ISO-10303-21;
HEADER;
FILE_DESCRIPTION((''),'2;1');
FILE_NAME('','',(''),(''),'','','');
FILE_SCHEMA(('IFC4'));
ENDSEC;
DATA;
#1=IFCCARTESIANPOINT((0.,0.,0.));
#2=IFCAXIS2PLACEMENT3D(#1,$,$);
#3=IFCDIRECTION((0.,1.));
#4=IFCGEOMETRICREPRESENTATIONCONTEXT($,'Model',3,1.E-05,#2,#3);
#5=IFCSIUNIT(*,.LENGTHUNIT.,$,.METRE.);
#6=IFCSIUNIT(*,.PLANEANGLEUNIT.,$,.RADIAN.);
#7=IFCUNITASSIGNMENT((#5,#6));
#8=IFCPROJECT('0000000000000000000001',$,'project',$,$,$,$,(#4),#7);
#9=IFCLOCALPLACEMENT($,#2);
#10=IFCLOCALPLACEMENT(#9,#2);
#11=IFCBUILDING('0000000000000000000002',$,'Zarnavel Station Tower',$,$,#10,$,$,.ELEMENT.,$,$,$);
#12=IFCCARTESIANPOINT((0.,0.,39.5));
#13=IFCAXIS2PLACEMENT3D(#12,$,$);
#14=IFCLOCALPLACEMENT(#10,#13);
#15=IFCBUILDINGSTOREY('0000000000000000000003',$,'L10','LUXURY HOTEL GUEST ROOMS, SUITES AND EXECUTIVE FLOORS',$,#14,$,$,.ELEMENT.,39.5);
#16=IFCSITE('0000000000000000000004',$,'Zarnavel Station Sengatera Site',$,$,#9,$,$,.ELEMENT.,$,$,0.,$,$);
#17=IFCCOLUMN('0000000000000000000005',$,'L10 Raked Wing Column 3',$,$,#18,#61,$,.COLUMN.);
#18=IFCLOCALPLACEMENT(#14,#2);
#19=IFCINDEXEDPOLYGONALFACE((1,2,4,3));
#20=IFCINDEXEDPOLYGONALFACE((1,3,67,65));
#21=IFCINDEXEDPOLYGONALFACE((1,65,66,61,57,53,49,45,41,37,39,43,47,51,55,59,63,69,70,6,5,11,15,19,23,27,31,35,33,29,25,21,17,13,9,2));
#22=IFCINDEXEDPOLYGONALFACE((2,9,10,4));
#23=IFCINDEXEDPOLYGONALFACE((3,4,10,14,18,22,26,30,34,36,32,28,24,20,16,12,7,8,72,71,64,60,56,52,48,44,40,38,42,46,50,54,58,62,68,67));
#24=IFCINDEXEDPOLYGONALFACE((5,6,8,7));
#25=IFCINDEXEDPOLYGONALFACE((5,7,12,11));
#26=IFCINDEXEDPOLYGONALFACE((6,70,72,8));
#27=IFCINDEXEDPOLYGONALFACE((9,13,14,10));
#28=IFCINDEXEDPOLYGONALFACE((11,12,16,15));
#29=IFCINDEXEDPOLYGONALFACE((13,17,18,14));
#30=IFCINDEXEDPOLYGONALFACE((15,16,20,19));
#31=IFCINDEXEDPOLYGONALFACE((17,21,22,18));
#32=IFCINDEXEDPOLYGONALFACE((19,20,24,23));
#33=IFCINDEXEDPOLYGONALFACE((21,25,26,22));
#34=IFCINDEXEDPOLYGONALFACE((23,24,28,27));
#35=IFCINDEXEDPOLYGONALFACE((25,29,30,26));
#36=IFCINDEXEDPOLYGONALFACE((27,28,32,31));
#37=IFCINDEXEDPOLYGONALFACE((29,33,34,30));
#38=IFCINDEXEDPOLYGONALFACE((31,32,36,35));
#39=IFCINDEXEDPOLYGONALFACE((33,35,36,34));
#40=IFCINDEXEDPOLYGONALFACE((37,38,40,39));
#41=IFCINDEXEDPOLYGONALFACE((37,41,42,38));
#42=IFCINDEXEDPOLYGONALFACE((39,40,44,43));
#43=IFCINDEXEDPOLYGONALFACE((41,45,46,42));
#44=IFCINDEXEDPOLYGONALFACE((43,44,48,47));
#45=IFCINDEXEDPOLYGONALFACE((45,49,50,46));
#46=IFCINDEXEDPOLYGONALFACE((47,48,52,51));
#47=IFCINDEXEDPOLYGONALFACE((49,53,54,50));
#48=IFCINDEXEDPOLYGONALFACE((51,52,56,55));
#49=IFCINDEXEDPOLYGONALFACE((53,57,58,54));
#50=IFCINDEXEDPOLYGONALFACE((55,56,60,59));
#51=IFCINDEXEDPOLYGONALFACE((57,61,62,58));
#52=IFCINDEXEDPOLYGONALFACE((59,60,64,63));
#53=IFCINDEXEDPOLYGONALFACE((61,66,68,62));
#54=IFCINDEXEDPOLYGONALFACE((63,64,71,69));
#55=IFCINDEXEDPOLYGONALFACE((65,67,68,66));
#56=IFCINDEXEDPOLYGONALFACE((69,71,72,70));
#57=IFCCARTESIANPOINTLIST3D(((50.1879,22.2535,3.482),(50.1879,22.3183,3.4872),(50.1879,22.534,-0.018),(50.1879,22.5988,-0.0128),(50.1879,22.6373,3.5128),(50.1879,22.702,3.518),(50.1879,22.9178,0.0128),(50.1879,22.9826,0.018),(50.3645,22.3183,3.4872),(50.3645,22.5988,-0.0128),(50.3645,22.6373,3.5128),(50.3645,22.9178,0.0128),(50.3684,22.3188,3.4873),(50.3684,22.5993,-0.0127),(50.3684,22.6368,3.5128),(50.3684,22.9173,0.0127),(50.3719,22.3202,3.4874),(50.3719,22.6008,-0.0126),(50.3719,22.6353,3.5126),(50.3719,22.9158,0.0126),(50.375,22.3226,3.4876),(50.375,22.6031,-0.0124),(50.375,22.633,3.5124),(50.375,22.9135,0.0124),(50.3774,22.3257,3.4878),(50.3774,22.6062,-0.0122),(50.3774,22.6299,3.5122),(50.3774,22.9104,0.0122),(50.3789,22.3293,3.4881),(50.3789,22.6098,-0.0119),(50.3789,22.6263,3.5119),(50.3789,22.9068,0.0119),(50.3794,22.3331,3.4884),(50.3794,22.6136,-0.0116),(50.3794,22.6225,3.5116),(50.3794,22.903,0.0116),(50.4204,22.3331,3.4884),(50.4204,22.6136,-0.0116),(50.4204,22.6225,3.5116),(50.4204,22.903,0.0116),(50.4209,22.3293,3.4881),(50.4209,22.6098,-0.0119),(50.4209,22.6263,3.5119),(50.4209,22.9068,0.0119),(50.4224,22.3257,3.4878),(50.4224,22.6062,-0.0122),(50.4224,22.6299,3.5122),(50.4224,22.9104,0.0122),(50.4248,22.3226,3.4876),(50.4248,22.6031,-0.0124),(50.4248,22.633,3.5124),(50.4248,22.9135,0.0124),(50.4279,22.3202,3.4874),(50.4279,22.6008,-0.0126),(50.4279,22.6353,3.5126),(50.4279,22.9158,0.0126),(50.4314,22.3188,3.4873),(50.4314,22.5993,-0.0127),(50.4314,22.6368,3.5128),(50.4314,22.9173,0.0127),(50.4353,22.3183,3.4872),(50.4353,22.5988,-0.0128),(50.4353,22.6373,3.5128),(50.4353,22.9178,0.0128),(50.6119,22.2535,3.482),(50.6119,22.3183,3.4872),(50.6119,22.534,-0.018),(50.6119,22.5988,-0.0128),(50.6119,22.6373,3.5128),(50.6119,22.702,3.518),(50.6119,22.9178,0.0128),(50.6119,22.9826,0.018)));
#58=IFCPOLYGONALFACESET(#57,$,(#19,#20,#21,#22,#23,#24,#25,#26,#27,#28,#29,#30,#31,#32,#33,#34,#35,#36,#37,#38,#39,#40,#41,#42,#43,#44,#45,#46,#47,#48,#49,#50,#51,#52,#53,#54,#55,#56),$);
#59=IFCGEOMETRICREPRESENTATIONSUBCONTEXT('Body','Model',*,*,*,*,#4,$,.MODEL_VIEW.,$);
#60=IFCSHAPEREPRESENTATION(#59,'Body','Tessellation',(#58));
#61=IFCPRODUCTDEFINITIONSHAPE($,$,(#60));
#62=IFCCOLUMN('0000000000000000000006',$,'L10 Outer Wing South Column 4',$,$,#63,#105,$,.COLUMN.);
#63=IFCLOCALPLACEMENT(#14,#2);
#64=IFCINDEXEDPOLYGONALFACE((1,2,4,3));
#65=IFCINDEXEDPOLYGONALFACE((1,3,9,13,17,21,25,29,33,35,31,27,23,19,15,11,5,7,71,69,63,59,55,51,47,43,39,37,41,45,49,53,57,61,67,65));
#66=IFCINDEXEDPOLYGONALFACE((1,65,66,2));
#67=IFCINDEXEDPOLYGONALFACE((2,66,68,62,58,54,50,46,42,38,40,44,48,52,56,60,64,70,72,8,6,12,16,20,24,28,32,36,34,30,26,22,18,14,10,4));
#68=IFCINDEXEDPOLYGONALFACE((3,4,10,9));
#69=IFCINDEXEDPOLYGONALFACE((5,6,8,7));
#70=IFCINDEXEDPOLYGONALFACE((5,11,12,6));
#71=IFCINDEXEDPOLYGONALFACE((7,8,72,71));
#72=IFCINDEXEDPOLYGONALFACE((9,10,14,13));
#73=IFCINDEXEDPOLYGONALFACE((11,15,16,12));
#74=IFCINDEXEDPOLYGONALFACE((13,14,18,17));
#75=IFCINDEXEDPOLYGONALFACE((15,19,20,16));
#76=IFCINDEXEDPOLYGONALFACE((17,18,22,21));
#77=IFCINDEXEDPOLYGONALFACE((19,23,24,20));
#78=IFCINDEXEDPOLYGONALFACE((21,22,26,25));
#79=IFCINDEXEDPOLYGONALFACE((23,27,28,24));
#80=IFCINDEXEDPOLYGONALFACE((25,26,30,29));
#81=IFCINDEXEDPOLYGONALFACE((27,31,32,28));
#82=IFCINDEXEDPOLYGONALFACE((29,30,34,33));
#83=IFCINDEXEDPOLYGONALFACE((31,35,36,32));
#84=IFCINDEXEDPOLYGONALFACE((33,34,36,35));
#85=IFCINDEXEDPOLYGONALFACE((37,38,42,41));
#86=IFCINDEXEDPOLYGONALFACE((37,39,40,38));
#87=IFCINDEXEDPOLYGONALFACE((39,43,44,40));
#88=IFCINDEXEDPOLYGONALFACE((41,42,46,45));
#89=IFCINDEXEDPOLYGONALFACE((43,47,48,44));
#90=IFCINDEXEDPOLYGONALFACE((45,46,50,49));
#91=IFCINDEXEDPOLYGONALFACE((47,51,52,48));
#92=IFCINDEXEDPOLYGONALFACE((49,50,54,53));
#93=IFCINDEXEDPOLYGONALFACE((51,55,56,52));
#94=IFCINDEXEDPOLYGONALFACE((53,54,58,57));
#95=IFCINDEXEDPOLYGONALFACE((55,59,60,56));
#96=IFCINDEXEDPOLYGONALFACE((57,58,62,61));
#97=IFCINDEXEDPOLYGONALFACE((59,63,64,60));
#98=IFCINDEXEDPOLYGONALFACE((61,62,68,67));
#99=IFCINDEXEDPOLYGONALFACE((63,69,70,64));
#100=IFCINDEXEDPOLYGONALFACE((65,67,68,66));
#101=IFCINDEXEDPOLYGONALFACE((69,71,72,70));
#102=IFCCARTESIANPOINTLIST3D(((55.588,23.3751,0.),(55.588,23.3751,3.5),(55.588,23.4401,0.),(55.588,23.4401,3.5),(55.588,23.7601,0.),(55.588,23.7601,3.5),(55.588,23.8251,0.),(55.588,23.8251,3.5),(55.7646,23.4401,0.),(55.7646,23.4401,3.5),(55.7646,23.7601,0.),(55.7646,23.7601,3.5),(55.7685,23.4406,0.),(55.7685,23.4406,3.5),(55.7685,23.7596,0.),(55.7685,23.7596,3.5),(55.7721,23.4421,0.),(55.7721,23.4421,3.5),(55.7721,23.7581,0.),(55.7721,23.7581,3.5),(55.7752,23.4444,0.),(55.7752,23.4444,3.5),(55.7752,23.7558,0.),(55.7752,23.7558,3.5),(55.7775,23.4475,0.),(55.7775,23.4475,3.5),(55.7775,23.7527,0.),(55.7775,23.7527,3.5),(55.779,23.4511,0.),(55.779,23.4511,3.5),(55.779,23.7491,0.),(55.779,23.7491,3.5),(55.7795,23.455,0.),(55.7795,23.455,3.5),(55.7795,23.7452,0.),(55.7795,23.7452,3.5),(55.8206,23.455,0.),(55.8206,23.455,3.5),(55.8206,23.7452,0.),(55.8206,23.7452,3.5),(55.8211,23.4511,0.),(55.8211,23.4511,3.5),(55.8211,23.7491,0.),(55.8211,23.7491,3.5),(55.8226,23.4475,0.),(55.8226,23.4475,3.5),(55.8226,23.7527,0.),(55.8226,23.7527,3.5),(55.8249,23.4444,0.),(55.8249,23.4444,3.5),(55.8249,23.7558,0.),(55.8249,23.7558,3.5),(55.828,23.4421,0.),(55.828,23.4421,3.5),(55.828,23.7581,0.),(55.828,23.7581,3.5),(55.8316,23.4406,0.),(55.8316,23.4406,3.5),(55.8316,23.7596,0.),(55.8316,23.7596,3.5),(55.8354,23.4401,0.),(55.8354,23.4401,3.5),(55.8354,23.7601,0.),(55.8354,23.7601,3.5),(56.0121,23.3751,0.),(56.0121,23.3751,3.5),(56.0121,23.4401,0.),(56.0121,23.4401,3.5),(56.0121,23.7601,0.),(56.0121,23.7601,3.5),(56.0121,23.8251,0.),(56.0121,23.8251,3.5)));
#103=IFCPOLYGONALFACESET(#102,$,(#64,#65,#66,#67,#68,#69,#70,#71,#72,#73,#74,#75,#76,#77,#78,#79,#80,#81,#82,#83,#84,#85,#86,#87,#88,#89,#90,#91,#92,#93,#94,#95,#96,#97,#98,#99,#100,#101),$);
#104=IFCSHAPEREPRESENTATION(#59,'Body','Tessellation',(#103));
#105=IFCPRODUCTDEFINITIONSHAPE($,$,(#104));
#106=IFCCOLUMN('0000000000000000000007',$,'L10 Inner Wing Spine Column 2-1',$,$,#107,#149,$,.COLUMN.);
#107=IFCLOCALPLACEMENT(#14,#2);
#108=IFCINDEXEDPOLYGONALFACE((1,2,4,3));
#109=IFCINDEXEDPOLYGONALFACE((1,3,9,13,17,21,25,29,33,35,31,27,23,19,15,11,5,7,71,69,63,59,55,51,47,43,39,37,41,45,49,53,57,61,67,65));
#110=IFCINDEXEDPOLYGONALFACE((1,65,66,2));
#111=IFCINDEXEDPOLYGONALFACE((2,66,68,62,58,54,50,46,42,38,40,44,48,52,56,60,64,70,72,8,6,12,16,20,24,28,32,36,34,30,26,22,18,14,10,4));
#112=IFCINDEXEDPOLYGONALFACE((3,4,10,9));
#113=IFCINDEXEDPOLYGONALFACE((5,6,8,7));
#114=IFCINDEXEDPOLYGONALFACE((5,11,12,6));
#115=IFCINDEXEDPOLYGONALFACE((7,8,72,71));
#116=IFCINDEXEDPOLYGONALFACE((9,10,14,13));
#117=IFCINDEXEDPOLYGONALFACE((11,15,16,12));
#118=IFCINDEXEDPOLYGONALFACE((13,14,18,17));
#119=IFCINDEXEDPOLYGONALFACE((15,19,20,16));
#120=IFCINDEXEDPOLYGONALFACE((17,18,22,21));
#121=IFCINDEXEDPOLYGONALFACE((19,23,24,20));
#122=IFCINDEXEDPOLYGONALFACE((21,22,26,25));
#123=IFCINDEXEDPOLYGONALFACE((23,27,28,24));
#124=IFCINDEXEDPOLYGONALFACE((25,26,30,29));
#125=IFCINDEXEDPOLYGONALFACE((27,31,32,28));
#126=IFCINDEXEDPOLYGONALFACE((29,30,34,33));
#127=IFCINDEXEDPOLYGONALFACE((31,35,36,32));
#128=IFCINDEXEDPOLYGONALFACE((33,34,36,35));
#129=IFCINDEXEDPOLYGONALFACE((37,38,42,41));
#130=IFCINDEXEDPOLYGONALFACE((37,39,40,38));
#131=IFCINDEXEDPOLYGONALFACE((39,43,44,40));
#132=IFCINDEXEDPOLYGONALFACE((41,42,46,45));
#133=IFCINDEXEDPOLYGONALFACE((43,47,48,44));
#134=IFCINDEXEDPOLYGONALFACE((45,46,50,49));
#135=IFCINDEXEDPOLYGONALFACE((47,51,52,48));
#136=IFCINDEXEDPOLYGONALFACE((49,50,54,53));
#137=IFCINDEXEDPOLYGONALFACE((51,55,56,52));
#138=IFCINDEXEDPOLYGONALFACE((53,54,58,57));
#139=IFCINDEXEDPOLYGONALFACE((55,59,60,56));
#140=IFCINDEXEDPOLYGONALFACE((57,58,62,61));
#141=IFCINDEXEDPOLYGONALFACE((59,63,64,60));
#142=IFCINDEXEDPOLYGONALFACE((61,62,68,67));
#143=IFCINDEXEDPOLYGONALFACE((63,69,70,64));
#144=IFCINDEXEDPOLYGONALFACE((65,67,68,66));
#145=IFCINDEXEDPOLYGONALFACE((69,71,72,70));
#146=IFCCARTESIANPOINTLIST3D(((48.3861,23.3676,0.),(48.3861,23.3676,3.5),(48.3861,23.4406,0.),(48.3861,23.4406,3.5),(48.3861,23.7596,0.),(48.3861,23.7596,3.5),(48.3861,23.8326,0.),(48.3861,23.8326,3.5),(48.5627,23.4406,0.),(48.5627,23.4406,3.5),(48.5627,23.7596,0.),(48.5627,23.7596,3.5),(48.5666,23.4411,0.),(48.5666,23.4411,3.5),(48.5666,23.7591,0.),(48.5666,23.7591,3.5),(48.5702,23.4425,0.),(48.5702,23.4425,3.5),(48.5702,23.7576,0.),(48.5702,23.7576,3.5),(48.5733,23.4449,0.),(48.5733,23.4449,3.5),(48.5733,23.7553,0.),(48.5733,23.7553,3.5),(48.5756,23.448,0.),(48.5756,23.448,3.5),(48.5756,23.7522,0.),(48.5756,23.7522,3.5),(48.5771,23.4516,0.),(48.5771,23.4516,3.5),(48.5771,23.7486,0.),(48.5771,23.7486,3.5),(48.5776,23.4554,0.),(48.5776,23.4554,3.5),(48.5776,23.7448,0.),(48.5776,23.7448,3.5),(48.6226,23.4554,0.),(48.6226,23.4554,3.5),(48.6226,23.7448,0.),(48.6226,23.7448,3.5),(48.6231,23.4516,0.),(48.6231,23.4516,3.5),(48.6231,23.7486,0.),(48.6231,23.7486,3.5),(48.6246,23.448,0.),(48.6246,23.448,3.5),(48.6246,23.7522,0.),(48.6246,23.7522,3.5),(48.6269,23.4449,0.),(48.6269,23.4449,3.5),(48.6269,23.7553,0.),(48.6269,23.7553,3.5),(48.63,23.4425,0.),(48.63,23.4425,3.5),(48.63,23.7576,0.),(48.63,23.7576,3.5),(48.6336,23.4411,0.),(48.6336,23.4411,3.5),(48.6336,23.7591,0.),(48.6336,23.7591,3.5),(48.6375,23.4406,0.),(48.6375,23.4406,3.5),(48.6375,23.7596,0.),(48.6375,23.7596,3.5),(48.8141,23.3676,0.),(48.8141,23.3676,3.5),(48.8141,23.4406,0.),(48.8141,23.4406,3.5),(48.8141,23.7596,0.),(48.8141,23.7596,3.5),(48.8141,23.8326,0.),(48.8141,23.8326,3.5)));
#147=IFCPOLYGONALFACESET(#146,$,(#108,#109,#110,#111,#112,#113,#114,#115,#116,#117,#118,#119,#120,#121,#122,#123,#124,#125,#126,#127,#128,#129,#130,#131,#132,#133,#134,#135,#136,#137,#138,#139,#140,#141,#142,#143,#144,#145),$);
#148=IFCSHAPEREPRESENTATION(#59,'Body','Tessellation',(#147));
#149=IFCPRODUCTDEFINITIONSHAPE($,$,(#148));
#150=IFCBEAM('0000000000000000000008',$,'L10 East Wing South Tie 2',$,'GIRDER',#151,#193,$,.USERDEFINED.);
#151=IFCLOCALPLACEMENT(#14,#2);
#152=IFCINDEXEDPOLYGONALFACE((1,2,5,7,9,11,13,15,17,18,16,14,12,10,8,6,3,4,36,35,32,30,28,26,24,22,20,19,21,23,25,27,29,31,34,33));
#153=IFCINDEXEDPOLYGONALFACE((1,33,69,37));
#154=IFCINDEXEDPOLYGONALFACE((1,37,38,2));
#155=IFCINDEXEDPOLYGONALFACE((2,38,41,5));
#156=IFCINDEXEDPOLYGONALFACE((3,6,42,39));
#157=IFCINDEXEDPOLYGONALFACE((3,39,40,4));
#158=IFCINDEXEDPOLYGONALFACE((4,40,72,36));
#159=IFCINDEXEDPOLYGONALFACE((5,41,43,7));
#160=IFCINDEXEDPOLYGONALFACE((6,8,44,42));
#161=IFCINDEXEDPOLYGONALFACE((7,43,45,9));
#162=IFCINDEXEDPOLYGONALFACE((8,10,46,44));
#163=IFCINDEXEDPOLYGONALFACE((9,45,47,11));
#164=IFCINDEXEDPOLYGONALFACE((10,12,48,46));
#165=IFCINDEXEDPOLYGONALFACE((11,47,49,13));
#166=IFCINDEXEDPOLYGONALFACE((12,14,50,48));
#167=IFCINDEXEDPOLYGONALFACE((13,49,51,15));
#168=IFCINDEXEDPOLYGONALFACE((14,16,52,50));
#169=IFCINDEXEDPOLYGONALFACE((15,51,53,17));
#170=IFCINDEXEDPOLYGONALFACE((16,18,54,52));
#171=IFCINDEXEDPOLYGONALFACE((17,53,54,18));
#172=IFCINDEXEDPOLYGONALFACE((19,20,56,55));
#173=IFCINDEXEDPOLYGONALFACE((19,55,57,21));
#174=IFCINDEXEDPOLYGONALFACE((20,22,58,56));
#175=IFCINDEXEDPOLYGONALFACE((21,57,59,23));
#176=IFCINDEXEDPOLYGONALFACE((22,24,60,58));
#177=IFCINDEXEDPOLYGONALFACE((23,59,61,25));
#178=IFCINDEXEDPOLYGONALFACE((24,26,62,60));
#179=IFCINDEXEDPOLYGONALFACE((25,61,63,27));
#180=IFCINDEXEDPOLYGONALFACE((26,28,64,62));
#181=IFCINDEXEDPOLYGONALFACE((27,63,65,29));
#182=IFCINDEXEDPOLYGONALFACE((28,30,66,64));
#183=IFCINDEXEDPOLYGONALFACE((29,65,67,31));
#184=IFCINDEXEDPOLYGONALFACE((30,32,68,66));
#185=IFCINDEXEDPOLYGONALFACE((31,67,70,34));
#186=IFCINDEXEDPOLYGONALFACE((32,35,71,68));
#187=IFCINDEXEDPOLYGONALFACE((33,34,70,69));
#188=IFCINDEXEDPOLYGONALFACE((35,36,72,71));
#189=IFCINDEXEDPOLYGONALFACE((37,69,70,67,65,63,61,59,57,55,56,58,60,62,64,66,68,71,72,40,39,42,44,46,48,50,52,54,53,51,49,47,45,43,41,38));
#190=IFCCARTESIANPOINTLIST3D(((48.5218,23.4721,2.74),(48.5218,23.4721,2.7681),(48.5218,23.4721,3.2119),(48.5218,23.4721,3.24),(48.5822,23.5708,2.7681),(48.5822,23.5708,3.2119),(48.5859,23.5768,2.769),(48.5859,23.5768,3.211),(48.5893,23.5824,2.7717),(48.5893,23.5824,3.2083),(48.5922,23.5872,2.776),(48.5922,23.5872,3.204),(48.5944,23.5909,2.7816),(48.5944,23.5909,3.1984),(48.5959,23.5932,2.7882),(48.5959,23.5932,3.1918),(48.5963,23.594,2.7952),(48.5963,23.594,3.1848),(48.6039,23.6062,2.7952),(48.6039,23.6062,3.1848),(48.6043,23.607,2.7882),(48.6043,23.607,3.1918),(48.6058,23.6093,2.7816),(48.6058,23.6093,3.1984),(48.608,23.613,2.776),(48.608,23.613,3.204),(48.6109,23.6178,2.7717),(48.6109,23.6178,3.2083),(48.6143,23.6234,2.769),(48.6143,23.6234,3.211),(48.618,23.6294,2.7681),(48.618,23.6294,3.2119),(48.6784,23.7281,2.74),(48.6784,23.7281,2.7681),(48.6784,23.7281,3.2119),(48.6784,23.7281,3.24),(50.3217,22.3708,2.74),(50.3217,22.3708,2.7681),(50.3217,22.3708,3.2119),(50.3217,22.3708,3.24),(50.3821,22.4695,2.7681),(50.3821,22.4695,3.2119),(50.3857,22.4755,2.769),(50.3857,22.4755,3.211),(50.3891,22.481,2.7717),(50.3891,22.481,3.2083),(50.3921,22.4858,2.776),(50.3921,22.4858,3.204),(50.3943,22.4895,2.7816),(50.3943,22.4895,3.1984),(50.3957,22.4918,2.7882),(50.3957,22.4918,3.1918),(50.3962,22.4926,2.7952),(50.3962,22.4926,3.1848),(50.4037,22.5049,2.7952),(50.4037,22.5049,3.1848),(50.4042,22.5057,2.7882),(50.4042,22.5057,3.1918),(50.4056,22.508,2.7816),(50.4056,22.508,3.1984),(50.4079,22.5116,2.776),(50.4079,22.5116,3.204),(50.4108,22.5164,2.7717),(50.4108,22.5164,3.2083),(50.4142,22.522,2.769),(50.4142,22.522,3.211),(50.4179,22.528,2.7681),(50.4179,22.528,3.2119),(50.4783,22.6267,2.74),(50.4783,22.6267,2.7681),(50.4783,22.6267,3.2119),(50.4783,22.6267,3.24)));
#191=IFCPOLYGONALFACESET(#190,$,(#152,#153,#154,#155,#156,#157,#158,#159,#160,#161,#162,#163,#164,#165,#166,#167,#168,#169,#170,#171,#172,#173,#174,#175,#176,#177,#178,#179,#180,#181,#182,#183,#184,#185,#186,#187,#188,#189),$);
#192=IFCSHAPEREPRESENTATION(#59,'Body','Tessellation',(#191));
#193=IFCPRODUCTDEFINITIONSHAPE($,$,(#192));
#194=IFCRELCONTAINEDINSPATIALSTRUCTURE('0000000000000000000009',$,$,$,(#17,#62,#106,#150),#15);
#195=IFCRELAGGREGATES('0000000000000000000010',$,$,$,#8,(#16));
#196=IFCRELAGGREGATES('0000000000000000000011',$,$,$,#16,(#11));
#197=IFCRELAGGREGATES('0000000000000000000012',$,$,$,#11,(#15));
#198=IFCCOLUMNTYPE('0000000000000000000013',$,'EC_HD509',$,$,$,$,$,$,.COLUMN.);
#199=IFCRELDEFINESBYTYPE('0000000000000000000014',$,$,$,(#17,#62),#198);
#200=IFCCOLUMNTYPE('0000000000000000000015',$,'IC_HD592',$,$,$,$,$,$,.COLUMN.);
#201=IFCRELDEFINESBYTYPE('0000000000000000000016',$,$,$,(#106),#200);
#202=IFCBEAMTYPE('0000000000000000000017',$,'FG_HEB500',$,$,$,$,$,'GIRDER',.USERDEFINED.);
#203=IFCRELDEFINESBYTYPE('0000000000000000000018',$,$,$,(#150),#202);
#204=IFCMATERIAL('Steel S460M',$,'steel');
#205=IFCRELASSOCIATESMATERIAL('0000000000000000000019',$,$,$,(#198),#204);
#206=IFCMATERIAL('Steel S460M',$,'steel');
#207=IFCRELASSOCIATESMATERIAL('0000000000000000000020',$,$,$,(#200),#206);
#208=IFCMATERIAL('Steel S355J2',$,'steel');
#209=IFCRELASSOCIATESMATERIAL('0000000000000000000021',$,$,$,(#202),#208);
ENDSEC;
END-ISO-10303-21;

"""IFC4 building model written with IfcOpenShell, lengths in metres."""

from ifc_helpers import new_model, si_unit, direction, frame, origin, origin_2d, place, context, subcontext, project, spatial, i_section, extrude, material, material_profile, profile_set, type_object, element, save


model = new_model("IFC4")

# Units and contexts
model_context = context("Model", 3, precision=1e-05, world=origin(), true_north=direction((0.0, 1.0)))
body_context = subcontext(model_context, "Body", "Model", "MODEL_VIEW")
ifc_project = project(units=[si_unit("LENGTHUNIT", "METRE"), si_unit("PLANEANGLEUNIT", "RADIAN")], contexts=[model_context])

# Site, building, storey
site_placement = place(None, origin())
site = spatial("IfcSite", under=ifc_project, at=site_placement, Name="Zarnavel Station Sengatera Site", CompositionType="ELEMENT", RefElevation=0.0)
building_placement = place(site_placement, origin())
building = spatial("IfcBuilding", under=site, at=building_placement, Name="Zarnavel Station Tower", CompositionType="ELEMENT")
storey_placement = place(building_placement, frame((0.0, 0.0, 39.5)))
storey = spatial("IfcBuildingStorey", under=building, at=storey_placement, Name="L10", Description="LUXURY HOTEL GUEST ROOMS, SUITES AND EXECUTIVE FLOORS", CompositionType="ELEMENT", Elevation=39.5)

# Columns
ifc_material_1 = material(Name="Steel S460M", Category="steel")
ifc_material_profile_1 = material_profile(ifc_material_1, i_section(OverallWidth=0.4241, OverallDepth=0.45, WebThickness=0.041, FlangeThickness=0.0649, FilletRadius=0.0149, at=origin_2d()), Name="HD400x509")
ifc_profile_set_1 = profile_set([ifc_material_profile_1], Name="Steel S460M")
column_type_1 = type_object("IfcColumnType", Name="EC_HD509", PredefinedType="COLUMN", material=ifc_profile_set_1)
column_1_placement = place(storey_placement, frame((50.3999, 22.7583, 0.0), z_axis=(0.0, -0.079892, 0.996804), x_axis=(1.0, 0.0, 0.0)))
element("IfcColumn", 1, at=column_1_placement, inside=storey, type_object=column_type_1, Name="L10 Raked Wing Column 3", PredefinedType="COLUMN", context=body_context, shape_type="SweptSolid", body=[
    extrude(i_section(OverallWidth=0.4241, OverallDepth=0.45, WebThickness=0.041, FlangeThickness=0.0649, FilletRadius=0.0149, at=origin_2d()), origin(), (0.0, 0.0, 1.0), 3.5112),
])
column_2_placement = place(storey_placement, frame((55.8, 23.6001, 0.0), z_axis=(0.0, 0.0, 1.0), x_axis=(1.0, 0.0, 0.0)))
element("IfcColumn", 2, at=column_2_placement, inside=storey, type_object=column_type_1, Name="L10 Outer Wing South Column 4", PredefinedType="COLUMN", context=body_context, shape_type="SweptSolid", body=[
    extrude(i_section(OverallWidth=0.4241, OverallDepth=0.45, WebThickness=0.041, FlangeThickness=0.0649, FilletRadius=0.0149, at=origin_2d()), origin(), (0.0, 0.0, 1.0), 3.5),
])
ifc_material_2 = material(Name="Steel S460M", Category="steel")
ifc_material_profile_2 = material_profile(ifc_material_2, i_section(OverallWidth=0.428, OverallDepth=0.4651, WebThickness=0.0449, FlangeThickness=0.073, FilletRadius=0.0149, at=origin_2d()), Name="HD400x592")
ifc_profile_set_2 = profile_set([ifc_material_profile_2], Name="Steel S460M")
column_type_2 = type_object("IfcColumnType", Name="IC_HD592", PredefinedType="COLUMN", material=ifc_profile_set_2)
column_3_placement = place(storey_placement, frame((48.6001, 23.6001, 0.0), z_axis=(0.0, 0.0, 1.0), x_axis=(1.0, 0.0, 0.0)))
element("IfcColumn", 3, at=column_3_placement, inside=storey, type_object=column_type_2, Name="L10 Inner Wing Spine Column 2-1", PredefinedType="COLUMN", context=body_context, shape_type="SweptSolid", body=[
    extrude(i_section(OverallWidth=0.428, OverallDepth=0.4651, WebThickness=0.0449, FlangeThickness=0.073, FilletRadius=0.0149, at=origin_2d()), origin(), (0.0, 0.0, 1.0), 3.5),
])

# Beam
ifc_material_3 = material(Name="Steel S355J2", Category="steel")
ifc_material_profile_3 = material_profile(ifc_material_3, i_section(OverallWidth=0.3, OverallDepth=0.5, WebThickness=0.0144, FlangeThickness=0.0281, FilletRadius=0.0271, at=origin_2d()), Name="HEB500")
ifc_profile_set_3 = profile_set([ifc_material_profile_3], Name="Steel S355J2")
beam_type_1 = type_object("IfcBeamType", Name="FG_HEB500", ElementType="GIRDER", PredefinedType="USERDEFINED", material=ifc_profile_set_3)
beam_1_placement = place(storey_placement, frame((48.6001, 23.6001, 2.99), z_axis=(0.852979, -0.521946, 0.0), x_axis=(0.521946, 0.852979, 0.0)))
element("IfcBeam", 4, at=beam_1_placement, inside=storey, type_object=beam_type_1, Name="L10 East Wing South Tie 2", ObjectType="GIRDER", PredefinedType="USERDEFINED", context=body_context, shape_type="SweptSolid", body=[
    extrude(i_section(OverallWidth=0.3, OverallDepth=0.5, WebThickness=0.0144, FlangeThickness=0.0281, FilletRadius=0.0271, at=origin_2d()), origin(), (0.0, 0.0, 1.0), 2.1101),
])

save(model, "model.ifc")
